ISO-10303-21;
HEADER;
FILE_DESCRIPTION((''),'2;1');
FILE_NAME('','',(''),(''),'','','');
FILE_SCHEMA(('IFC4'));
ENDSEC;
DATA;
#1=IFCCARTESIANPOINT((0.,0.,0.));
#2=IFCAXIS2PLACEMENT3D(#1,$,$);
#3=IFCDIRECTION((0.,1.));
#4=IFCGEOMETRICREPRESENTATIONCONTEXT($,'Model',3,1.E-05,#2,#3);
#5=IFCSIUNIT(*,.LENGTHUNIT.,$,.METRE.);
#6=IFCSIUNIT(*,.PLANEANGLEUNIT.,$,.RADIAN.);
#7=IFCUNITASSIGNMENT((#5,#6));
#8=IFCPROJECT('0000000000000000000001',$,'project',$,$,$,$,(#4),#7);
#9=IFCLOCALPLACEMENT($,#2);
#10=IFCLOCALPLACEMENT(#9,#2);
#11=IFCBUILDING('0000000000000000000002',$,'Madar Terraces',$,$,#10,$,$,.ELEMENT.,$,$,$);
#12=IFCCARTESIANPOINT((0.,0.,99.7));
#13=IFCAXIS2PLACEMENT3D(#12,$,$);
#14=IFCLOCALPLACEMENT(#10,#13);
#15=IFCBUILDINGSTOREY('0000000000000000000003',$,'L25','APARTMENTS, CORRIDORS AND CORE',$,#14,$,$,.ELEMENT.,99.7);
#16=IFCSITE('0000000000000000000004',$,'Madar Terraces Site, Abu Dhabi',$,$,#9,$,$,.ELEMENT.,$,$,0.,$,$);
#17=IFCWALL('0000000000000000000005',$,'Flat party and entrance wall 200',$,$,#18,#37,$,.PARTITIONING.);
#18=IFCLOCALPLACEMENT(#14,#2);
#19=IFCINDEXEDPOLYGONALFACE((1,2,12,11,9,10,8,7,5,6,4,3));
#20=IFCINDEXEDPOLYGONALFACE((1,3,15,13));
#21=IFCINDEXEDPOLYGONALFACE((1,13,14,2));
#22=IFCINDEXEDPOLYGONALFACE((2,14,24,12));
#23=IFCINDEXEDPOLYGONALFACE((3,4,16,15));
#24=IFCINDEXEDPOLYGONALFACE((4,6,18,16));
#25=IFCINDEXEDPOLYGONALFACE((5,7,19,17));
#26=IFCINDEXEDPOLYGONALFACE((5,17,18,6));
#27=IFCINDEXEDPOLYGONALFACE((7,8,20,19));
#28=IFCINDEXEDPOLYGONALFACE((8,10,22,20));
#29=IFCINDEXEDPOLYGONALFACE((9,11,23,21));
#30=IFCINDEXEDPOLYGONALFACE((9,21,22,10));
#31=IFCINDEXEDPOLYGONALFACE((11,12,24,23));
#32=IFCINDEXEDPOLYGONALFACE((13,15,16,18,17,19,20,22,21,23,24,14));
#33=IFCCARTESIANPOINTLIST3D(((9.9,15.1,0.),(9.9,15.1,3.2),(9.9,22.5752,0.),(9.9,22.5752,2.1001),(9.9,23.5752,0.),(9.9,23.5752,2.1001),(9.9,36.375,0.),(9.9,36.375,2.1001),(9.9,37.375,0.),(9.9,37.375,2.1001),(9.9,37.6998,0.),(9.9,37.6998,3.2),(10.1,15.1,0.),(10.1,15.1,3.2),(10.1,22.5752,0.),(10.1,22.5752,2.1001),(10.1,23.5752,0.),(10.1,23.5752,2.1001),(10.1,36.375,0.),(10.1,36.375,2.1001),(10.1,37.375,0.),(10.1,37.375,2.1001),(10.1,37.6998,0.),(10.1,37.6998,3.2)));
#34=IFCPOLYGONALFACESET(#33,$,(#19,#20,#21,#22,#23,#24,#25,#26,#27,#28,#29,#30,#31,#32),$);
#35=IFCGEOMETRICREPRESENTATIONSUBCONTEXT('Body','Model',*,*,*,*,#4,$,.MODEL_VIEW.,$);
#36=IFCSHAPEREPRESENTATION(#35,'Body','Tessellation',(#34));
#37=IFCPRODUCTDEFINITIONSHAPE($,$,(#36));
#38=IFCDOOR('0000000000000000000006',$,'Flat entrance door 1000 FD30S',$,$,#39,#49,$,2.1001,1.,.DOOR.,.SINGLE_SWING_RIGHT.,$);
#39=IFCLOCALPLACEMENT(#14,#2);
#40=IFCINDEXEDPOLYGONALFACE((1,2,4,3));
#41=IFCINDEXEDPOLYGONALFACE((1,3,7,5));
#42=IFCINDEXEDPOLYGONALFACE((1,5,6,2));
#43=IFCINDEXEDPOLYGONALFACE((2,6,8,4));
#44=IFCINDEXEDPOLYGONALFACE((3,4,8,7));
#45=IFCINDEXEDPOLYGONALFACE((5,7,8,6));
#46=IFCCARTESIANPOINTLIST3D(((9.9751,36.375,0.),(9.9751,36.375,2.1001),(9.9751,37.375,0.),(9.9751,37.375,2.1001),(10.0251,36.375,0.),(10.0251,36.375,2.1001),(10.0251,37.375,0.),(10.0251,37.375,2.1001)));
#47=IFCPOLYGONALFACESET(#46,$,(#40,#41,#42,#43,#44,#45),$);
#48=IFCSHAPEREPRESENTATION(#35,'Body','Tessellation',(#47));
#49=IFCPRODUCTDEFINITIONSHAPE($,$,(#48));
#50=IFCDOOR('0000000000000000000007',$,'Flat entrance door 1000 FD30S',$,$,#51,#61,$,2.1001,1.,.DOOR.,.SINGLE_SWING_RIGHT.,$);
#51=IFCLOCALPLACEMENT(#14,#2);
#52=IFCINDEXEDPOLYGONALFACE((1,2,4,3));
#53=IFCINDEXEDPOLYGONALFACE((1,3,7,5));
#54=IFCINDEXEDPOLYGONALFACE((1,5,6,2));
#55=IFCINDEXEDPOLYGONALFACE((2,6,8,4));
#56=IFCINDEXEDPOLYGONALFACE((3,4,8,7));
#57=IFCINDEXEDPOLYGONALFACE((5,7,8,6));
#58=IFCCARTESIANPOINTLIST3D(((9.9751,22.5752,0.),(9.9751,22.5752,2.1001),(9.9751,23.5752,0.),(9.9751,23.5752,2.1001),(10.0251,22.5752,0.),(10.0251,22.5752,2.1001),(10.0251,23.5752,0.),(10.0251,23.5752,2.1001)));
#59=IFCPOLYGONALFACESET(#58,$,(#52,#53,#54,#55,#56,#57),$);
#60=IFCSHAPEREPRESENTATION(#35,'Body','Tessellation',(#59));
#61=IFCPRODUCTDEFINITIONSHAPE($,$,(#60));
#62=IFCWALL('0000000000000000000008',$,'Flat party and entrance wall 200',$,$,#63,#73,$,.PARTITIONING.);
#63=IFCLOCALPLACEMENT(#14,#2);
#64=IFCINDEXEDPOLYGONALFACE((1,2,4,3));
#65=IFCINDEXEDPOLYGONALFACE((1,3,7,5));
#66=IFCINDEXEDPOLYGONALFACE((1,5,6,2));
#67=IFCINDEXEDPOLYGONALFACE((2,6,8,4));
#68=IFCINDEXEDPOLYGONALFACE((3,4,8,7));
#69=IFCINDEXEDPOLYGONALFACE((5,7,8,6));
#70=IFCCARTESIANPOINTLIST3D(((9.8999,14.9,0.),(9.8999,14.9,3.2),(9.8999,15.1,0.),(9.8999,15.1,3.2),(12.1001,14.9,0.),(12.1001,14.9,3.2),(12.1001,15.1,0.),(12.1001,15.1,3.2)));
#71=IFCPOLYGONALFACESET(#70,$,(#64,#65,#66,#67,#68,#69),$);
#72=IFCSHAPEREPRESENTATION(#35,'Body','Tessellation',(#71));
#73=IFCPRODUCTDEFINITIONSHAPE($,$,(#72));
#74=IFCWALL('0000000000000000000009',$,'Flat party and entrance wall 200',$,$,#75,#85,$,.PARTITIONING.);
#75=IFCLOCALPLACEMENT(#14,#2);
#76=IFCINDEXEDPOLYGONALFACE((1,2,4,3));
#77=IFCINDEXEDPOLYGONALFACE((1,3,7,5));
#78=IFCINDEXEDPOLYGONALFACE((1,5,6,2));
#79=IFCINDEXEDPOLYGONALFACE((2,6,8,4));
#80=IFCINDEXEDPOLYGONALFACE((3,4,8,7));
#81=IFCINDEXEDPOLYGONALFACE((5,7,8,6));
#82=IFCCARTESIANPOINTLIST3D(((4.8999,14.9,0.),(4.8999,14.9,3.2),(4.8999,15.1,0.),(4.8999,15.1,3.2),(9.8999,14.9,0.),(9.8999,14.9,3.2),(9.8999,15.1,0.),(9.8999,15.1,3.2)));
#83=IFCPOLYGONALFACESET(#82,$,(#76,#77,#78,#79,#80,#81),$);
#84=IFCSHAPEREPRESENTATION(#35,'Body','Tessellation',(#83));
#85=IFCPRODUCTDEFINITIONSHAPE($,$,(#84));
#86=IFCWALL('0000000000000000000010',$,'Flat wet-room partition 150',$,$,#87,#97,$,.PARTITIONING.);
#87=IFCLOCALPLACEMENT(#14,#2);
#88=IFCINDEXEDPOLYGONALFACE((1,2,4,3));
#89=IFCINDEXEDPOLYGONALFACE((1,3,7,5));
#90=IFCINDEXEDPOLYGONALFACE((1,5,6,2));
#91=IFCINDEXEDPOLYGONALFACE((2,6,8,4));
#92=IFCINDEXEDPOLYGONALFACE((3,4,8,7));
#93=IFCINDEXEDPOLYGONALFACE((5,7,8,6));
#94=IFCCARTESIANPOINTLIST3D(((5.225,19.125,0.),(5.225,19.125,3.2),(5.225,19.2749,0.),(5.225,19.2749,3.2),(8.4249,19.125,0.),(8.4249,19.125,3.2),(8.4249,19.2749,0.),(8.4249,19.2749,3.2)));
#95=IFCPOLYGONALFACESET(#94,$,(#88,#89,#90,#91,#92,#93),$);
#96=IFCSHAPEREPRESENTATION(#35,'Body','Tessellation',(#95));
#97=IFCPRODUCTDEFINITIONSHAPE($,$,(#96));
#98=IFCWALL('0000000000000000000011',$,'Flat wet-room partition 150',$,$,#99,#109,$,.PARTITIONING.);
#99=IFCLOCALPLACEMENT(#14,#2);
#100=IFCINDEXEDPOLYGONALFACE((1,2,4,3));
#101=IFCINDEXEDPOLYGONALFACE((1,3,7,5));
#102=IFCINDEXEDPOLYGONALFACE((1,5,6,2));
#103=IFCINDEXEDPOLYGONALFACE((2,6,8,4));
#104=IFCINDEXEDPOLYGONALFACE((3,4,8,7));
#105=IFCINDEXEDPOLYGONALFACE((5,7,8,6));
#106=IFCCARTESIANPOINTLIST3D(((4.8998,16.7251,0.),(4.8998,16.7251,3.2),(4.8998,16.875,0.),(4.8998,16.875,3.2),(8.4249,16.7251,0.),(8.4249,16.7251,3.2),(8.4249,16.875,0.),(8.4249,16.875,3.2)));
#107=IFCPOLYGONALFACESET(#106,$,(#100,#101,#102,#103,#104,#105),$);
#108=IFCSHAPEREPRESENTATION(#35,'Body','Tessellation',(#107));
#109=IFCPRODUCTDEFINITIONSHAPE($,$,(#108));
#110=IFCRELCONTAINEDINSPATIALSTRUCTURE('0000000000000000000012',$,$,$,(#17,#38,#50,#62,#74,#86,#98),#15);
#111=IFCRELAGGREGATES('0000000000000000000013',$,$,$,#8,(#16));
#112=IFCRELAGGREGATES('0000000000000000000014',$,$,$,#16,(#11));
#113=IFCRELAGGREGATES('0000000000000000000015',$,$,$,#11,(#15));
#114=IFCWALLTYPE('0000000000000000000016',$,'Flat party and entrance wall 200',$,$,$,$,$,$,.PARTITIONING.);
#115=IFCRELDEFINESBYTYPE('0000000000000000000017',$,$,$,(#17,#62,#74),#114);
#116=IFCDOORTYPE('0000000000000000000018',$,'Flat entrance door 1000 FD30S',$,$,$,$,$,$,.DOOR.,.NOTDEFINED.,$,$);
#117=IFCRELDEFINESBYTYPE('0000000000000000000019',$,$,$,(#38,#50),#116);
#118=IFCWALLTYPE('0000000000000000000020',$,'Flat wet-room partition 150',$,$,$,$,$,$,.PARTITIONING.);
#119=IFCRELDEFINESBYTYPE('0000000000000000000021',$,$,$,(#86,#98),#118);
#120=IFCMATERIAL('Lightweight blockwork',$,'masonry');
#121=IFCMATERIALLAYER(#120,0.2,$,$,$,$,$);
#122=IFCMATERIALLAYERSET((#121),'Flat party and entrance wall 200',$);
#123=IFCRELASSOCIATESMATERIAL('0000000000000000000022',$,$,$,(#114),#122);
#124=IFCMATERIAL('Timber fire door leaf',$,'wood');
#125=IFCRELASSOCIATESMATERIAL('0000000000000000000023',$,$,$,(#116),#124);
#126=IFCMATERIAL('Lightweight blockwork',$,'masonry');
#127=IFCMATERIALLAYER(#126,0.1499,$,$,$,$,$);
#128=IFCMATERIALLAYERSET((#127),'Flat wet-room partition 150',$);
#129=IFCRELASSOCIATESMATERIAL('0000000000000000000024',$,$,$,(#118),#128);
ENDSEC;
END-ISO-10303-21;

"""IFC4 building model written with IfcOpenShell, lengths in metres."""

from ifc_helpers import new_model, si_unit, direction, frame, frame_2d, origin, place, context, subcontext, project, spatial, rectangle, extrude, material, layer, layer_set, type_object, element, fill, save


model = new_model("IFC4")

# Units and contexts
model_context = context("Model", 3, precision=1e-05, world=origin(), true_north=direction((0.0, 1.0)))
body_context = subcontext(model_context, "Body", "Model", "MODEL_VIEW")
ifc_project = project(units=[si_unit("LENGTHUNIT", "METRE"), si_unit("PLANEANGLEUNIT", "RADIAN")], contexts=[model_context])

# Site, building, storey
site_placement = place(None, origin())
site = spatial("IfcSite", under=ifc_project, at=site_placement, Name="Madar Terraces Site, Abu Dhabi", CompositionType="ELEMENT", RefElevation=0.0)
building_placement = place(site_placement, origin())
building = spatial("IfcBuilding", under=site, at=building_placement, Name="Madar Terraces", CompositionType="ELEMENT")
storey_placement = place(building_placement, frame((0.0, 0.0, 99.7)))
storey = spatial("IfcBuildingStorey", under=building, at=storey_placement, Name="L25", Description="APARTMENTS, CORRIDORS AND CORE", CompositionType="ELEMENT", Elevation=99.7)

# Wall, openings, doors
ifc_material_1 = material(Name="Lightweight blockwork", Category="masonry")
ifc_layer_1 = layer(ifc_material_1, 0.2)
ifc_layer_set_1 = layer_set([ifc_layer_1], Name="Flat party and entrance wall 200")
wall_type_1 = type_object("IfcWallType", Name="Flat party and entrance wall 200", PredefinedType="PARTITIONING", material=ifc_layer_set_1)
wall_1_placement = place(storey_placement, frame((10.0, 15.1001, 0.0), z_axis=(0.0, 0.0, 1.0), x_axis=(0.0, 1.0, 0.0)))
wall_1 = element("IfcWall", 1, at=wall_1_placement, inside=storey, type_object=wall_type_1, Name="Flat party and entrance wall 200", PredefinedType="PARTITIONING", context=body_context, shape_type="SweptSolid", body=[
    extrude(rectangle(XDim=22.5999, YDim=0.2, at=frame_2d((11.2998, 0.0))), origin(), (0.0, 0.0, 1.0), 3.2),
])
opening_1_placement = place(wall_1_placement, frame((21.2749, 0.0, 0.0)))
opening_1 = element("IfcOpeningElement", 2, at=opening_1_placement, cuts=wall_1, PredefinedType="OPENING", context=body_context, shape_type="SweptSolid", body=[
    extrude(rectangle(XDim=1.0, YDim=2.1001, at=frame_2d((0.5, 1.05))), frame((0.0, 0.1099, 0.0), z_axis=(0.0, -1.0, 0.0), x_axis=(1.0, 0.0, 0.0)), (0.0, 0.0, 1.0), 0.22),
])
opening_2_placement = place(wall_1_placement, frame((7.4751, 0.0, 0.0)))
opening_2 = element("IfcOpeningElement", 3, at=opening_2_placement, cuts=wall_1, PredefinedType="OPENING", context=body_context, shape_type="SweptSolid", body=[
    extrude(rectangle(XDim=1.0, YDim=2.1001, at=frame_2d((0.5, 1.05))), frame((0.0, 0.1099, 0.0), z_axis=(0.0, -1.0, 0.0), x_axis=(1.0, 0.0, 0.0)), (0.0, 0.0, 1.0), 0.22),
])
ifc_material_2 = material(Name="Timber fire door leaf", Category="wood")
door_type_1 = type_object("IfcDoorType", Name="Flat entrance door 1000 FD30S", OperationType="NOTDEFINED", PredefinedType="DOOR", material=ifc_material_2)
door_1_placement = place(opening_1_placement, origin())
door_1 = element("IfcDoor", 4, at=door_1_placement, inside=storey, type_object=door_type_1, Name="Flat entrance door 1000 FD30S", OperationType="SINGLE_SWING_RIGHT", OverallHeight=2.1001, OverallWidth=1.0, PredefinedType="DOOR", context=body_context, shape_type="SweptSolid", body=[
    extrude(rectangle(XDim=1.0, YDim=2.1001, at=frame_2d((0.5, 1.05))), frame((0.0, 0.0249, 0.0), z_axis=(0.0, -1.0, 0.0), x_axis=(1.0, 0.0, 0.0)), (0.0, 0.0, 1.0), 0.05),
])
fill(opening_1, door_1)
door_2_placement = place(opening_2_placement, origin())
door_2 = element("IfcDoor", 5, at=door_2_placement, inside=storey, type_object=door_type_1, Name="Flat entrance door 1000 FD30S", OperationType="SINGLE_SWING_RIGHT", OverallHeight=2.1001, OverallWidth=1.0, PredefinedType="DOOR", context=body_context, shape_type="SweptSolid", body=[
    extrude(rectangle(XDim=1.0, YDim=2.1001, at=frame_2d((0.5, 1.05))), frame((0.0, 0.0249, 0.0), z_axis=(0.0, -1.0, 0.0), x_axis=(1.0, 0.0, 0.0)), (0.0, 0.0, 1.0), 0.05),
])
fill(opening_2, door_2)

# Walls
wall_2_placement = place(storey_placement, frame((9.8999, 15.0, 0.0), z_axis=(0.0, 0.0, 1.0), x_axis=(1.0, 0.0, 0.0)))
element("IfcWall", 6, at=wall_2_placement, inside=storey, type_object=wall_type_1, Name="Flat party and entrance wall 200", PredefinedType="PARTITIONING", context=body_context, shape_type="SweptSolid", body=[
    extrude(rectangle(XDim=2.2002, YDim=0.2, at=frame_2d((1.1001, 0.0))), origin(), (0.0, 0.0, 1.0), 3.2),
])
wall_3_placement = place(storey_placement, frame((4.8999, 15.0, 0.0), z_axis=(0.0, 0.0, 1.0), x_axis=(1.0, 0.0, 0.0)))
element("IfcWall", 7, at=wall_3_placement, inside=storey, type_object=wall_type_1, Name="Flat party and entrance wall 200", PredefinedType="PARTITIONING", context=body_context, shape_type="SweptSolid", body=[
    extrude(rectangle(XDim=5.0, YDim=0.2, at=frame_2d((2.5, 0.0))), origin(), (0.0, 0.0, 1.0), 3.2),
])
ifc_material_3 = material(Name="Lightweight blockwork", Category="masonry")
ifc_layer_2 = layer(ifc_material_3, 0.1499)
ifc_layer_set_2 = layer_set([ifc_layer_2], Name="Flat wet-room partition 150")
wall_type_2 = type_object("IfcWallType", Name="Flat wet-room partition 150", PredefinedType="PARTITIONING", material=ifc_layer_set_2)
wall_4_placement = place(storey_placement, frame((8.425, 19.2, 0.0), z_axis=(0.0, 0.0, 1.0), x_axis=(-1.0, 0.0, 0.0)))
element("IfcWall", 8, at=wall_4_placement, inside=storey, type_object=wall_type_2, Name="Flat wet-room partition 150", PredefinedType="PARTITIONING", context=body_context, shape_type="SweptSolid", body=[
    extrude(rectangle(XDim=3.2, YDim=0.1499, at=frame_2d((1.6001, 0.0))), origin(), (0.0, 0.0, 1.0), 3.2),
])
wall_5_placement = place(storey_placement, frame((8.425, 16.8, 0.0), z_axis=(0.0, 0.0, 1.0), x_axis=(-1.0, 0.0, 0.0)))
element("IfcWall", 9, at=wall_5_placement, inside=storey, type_object=wall_type_2, Name="Flat wet-room partition 150", PredefinedType="PARTITIONING", context=body_context, shape_type="SweptSolid", body=[
    extrude(rectangle(XDim=3.5251, YDim=0.1499, at=frame_2d((1.7627, 0.0))), origin(), (0.0, 0.0, 1.0), 3.2),
])

save(model, "model.ifc")
